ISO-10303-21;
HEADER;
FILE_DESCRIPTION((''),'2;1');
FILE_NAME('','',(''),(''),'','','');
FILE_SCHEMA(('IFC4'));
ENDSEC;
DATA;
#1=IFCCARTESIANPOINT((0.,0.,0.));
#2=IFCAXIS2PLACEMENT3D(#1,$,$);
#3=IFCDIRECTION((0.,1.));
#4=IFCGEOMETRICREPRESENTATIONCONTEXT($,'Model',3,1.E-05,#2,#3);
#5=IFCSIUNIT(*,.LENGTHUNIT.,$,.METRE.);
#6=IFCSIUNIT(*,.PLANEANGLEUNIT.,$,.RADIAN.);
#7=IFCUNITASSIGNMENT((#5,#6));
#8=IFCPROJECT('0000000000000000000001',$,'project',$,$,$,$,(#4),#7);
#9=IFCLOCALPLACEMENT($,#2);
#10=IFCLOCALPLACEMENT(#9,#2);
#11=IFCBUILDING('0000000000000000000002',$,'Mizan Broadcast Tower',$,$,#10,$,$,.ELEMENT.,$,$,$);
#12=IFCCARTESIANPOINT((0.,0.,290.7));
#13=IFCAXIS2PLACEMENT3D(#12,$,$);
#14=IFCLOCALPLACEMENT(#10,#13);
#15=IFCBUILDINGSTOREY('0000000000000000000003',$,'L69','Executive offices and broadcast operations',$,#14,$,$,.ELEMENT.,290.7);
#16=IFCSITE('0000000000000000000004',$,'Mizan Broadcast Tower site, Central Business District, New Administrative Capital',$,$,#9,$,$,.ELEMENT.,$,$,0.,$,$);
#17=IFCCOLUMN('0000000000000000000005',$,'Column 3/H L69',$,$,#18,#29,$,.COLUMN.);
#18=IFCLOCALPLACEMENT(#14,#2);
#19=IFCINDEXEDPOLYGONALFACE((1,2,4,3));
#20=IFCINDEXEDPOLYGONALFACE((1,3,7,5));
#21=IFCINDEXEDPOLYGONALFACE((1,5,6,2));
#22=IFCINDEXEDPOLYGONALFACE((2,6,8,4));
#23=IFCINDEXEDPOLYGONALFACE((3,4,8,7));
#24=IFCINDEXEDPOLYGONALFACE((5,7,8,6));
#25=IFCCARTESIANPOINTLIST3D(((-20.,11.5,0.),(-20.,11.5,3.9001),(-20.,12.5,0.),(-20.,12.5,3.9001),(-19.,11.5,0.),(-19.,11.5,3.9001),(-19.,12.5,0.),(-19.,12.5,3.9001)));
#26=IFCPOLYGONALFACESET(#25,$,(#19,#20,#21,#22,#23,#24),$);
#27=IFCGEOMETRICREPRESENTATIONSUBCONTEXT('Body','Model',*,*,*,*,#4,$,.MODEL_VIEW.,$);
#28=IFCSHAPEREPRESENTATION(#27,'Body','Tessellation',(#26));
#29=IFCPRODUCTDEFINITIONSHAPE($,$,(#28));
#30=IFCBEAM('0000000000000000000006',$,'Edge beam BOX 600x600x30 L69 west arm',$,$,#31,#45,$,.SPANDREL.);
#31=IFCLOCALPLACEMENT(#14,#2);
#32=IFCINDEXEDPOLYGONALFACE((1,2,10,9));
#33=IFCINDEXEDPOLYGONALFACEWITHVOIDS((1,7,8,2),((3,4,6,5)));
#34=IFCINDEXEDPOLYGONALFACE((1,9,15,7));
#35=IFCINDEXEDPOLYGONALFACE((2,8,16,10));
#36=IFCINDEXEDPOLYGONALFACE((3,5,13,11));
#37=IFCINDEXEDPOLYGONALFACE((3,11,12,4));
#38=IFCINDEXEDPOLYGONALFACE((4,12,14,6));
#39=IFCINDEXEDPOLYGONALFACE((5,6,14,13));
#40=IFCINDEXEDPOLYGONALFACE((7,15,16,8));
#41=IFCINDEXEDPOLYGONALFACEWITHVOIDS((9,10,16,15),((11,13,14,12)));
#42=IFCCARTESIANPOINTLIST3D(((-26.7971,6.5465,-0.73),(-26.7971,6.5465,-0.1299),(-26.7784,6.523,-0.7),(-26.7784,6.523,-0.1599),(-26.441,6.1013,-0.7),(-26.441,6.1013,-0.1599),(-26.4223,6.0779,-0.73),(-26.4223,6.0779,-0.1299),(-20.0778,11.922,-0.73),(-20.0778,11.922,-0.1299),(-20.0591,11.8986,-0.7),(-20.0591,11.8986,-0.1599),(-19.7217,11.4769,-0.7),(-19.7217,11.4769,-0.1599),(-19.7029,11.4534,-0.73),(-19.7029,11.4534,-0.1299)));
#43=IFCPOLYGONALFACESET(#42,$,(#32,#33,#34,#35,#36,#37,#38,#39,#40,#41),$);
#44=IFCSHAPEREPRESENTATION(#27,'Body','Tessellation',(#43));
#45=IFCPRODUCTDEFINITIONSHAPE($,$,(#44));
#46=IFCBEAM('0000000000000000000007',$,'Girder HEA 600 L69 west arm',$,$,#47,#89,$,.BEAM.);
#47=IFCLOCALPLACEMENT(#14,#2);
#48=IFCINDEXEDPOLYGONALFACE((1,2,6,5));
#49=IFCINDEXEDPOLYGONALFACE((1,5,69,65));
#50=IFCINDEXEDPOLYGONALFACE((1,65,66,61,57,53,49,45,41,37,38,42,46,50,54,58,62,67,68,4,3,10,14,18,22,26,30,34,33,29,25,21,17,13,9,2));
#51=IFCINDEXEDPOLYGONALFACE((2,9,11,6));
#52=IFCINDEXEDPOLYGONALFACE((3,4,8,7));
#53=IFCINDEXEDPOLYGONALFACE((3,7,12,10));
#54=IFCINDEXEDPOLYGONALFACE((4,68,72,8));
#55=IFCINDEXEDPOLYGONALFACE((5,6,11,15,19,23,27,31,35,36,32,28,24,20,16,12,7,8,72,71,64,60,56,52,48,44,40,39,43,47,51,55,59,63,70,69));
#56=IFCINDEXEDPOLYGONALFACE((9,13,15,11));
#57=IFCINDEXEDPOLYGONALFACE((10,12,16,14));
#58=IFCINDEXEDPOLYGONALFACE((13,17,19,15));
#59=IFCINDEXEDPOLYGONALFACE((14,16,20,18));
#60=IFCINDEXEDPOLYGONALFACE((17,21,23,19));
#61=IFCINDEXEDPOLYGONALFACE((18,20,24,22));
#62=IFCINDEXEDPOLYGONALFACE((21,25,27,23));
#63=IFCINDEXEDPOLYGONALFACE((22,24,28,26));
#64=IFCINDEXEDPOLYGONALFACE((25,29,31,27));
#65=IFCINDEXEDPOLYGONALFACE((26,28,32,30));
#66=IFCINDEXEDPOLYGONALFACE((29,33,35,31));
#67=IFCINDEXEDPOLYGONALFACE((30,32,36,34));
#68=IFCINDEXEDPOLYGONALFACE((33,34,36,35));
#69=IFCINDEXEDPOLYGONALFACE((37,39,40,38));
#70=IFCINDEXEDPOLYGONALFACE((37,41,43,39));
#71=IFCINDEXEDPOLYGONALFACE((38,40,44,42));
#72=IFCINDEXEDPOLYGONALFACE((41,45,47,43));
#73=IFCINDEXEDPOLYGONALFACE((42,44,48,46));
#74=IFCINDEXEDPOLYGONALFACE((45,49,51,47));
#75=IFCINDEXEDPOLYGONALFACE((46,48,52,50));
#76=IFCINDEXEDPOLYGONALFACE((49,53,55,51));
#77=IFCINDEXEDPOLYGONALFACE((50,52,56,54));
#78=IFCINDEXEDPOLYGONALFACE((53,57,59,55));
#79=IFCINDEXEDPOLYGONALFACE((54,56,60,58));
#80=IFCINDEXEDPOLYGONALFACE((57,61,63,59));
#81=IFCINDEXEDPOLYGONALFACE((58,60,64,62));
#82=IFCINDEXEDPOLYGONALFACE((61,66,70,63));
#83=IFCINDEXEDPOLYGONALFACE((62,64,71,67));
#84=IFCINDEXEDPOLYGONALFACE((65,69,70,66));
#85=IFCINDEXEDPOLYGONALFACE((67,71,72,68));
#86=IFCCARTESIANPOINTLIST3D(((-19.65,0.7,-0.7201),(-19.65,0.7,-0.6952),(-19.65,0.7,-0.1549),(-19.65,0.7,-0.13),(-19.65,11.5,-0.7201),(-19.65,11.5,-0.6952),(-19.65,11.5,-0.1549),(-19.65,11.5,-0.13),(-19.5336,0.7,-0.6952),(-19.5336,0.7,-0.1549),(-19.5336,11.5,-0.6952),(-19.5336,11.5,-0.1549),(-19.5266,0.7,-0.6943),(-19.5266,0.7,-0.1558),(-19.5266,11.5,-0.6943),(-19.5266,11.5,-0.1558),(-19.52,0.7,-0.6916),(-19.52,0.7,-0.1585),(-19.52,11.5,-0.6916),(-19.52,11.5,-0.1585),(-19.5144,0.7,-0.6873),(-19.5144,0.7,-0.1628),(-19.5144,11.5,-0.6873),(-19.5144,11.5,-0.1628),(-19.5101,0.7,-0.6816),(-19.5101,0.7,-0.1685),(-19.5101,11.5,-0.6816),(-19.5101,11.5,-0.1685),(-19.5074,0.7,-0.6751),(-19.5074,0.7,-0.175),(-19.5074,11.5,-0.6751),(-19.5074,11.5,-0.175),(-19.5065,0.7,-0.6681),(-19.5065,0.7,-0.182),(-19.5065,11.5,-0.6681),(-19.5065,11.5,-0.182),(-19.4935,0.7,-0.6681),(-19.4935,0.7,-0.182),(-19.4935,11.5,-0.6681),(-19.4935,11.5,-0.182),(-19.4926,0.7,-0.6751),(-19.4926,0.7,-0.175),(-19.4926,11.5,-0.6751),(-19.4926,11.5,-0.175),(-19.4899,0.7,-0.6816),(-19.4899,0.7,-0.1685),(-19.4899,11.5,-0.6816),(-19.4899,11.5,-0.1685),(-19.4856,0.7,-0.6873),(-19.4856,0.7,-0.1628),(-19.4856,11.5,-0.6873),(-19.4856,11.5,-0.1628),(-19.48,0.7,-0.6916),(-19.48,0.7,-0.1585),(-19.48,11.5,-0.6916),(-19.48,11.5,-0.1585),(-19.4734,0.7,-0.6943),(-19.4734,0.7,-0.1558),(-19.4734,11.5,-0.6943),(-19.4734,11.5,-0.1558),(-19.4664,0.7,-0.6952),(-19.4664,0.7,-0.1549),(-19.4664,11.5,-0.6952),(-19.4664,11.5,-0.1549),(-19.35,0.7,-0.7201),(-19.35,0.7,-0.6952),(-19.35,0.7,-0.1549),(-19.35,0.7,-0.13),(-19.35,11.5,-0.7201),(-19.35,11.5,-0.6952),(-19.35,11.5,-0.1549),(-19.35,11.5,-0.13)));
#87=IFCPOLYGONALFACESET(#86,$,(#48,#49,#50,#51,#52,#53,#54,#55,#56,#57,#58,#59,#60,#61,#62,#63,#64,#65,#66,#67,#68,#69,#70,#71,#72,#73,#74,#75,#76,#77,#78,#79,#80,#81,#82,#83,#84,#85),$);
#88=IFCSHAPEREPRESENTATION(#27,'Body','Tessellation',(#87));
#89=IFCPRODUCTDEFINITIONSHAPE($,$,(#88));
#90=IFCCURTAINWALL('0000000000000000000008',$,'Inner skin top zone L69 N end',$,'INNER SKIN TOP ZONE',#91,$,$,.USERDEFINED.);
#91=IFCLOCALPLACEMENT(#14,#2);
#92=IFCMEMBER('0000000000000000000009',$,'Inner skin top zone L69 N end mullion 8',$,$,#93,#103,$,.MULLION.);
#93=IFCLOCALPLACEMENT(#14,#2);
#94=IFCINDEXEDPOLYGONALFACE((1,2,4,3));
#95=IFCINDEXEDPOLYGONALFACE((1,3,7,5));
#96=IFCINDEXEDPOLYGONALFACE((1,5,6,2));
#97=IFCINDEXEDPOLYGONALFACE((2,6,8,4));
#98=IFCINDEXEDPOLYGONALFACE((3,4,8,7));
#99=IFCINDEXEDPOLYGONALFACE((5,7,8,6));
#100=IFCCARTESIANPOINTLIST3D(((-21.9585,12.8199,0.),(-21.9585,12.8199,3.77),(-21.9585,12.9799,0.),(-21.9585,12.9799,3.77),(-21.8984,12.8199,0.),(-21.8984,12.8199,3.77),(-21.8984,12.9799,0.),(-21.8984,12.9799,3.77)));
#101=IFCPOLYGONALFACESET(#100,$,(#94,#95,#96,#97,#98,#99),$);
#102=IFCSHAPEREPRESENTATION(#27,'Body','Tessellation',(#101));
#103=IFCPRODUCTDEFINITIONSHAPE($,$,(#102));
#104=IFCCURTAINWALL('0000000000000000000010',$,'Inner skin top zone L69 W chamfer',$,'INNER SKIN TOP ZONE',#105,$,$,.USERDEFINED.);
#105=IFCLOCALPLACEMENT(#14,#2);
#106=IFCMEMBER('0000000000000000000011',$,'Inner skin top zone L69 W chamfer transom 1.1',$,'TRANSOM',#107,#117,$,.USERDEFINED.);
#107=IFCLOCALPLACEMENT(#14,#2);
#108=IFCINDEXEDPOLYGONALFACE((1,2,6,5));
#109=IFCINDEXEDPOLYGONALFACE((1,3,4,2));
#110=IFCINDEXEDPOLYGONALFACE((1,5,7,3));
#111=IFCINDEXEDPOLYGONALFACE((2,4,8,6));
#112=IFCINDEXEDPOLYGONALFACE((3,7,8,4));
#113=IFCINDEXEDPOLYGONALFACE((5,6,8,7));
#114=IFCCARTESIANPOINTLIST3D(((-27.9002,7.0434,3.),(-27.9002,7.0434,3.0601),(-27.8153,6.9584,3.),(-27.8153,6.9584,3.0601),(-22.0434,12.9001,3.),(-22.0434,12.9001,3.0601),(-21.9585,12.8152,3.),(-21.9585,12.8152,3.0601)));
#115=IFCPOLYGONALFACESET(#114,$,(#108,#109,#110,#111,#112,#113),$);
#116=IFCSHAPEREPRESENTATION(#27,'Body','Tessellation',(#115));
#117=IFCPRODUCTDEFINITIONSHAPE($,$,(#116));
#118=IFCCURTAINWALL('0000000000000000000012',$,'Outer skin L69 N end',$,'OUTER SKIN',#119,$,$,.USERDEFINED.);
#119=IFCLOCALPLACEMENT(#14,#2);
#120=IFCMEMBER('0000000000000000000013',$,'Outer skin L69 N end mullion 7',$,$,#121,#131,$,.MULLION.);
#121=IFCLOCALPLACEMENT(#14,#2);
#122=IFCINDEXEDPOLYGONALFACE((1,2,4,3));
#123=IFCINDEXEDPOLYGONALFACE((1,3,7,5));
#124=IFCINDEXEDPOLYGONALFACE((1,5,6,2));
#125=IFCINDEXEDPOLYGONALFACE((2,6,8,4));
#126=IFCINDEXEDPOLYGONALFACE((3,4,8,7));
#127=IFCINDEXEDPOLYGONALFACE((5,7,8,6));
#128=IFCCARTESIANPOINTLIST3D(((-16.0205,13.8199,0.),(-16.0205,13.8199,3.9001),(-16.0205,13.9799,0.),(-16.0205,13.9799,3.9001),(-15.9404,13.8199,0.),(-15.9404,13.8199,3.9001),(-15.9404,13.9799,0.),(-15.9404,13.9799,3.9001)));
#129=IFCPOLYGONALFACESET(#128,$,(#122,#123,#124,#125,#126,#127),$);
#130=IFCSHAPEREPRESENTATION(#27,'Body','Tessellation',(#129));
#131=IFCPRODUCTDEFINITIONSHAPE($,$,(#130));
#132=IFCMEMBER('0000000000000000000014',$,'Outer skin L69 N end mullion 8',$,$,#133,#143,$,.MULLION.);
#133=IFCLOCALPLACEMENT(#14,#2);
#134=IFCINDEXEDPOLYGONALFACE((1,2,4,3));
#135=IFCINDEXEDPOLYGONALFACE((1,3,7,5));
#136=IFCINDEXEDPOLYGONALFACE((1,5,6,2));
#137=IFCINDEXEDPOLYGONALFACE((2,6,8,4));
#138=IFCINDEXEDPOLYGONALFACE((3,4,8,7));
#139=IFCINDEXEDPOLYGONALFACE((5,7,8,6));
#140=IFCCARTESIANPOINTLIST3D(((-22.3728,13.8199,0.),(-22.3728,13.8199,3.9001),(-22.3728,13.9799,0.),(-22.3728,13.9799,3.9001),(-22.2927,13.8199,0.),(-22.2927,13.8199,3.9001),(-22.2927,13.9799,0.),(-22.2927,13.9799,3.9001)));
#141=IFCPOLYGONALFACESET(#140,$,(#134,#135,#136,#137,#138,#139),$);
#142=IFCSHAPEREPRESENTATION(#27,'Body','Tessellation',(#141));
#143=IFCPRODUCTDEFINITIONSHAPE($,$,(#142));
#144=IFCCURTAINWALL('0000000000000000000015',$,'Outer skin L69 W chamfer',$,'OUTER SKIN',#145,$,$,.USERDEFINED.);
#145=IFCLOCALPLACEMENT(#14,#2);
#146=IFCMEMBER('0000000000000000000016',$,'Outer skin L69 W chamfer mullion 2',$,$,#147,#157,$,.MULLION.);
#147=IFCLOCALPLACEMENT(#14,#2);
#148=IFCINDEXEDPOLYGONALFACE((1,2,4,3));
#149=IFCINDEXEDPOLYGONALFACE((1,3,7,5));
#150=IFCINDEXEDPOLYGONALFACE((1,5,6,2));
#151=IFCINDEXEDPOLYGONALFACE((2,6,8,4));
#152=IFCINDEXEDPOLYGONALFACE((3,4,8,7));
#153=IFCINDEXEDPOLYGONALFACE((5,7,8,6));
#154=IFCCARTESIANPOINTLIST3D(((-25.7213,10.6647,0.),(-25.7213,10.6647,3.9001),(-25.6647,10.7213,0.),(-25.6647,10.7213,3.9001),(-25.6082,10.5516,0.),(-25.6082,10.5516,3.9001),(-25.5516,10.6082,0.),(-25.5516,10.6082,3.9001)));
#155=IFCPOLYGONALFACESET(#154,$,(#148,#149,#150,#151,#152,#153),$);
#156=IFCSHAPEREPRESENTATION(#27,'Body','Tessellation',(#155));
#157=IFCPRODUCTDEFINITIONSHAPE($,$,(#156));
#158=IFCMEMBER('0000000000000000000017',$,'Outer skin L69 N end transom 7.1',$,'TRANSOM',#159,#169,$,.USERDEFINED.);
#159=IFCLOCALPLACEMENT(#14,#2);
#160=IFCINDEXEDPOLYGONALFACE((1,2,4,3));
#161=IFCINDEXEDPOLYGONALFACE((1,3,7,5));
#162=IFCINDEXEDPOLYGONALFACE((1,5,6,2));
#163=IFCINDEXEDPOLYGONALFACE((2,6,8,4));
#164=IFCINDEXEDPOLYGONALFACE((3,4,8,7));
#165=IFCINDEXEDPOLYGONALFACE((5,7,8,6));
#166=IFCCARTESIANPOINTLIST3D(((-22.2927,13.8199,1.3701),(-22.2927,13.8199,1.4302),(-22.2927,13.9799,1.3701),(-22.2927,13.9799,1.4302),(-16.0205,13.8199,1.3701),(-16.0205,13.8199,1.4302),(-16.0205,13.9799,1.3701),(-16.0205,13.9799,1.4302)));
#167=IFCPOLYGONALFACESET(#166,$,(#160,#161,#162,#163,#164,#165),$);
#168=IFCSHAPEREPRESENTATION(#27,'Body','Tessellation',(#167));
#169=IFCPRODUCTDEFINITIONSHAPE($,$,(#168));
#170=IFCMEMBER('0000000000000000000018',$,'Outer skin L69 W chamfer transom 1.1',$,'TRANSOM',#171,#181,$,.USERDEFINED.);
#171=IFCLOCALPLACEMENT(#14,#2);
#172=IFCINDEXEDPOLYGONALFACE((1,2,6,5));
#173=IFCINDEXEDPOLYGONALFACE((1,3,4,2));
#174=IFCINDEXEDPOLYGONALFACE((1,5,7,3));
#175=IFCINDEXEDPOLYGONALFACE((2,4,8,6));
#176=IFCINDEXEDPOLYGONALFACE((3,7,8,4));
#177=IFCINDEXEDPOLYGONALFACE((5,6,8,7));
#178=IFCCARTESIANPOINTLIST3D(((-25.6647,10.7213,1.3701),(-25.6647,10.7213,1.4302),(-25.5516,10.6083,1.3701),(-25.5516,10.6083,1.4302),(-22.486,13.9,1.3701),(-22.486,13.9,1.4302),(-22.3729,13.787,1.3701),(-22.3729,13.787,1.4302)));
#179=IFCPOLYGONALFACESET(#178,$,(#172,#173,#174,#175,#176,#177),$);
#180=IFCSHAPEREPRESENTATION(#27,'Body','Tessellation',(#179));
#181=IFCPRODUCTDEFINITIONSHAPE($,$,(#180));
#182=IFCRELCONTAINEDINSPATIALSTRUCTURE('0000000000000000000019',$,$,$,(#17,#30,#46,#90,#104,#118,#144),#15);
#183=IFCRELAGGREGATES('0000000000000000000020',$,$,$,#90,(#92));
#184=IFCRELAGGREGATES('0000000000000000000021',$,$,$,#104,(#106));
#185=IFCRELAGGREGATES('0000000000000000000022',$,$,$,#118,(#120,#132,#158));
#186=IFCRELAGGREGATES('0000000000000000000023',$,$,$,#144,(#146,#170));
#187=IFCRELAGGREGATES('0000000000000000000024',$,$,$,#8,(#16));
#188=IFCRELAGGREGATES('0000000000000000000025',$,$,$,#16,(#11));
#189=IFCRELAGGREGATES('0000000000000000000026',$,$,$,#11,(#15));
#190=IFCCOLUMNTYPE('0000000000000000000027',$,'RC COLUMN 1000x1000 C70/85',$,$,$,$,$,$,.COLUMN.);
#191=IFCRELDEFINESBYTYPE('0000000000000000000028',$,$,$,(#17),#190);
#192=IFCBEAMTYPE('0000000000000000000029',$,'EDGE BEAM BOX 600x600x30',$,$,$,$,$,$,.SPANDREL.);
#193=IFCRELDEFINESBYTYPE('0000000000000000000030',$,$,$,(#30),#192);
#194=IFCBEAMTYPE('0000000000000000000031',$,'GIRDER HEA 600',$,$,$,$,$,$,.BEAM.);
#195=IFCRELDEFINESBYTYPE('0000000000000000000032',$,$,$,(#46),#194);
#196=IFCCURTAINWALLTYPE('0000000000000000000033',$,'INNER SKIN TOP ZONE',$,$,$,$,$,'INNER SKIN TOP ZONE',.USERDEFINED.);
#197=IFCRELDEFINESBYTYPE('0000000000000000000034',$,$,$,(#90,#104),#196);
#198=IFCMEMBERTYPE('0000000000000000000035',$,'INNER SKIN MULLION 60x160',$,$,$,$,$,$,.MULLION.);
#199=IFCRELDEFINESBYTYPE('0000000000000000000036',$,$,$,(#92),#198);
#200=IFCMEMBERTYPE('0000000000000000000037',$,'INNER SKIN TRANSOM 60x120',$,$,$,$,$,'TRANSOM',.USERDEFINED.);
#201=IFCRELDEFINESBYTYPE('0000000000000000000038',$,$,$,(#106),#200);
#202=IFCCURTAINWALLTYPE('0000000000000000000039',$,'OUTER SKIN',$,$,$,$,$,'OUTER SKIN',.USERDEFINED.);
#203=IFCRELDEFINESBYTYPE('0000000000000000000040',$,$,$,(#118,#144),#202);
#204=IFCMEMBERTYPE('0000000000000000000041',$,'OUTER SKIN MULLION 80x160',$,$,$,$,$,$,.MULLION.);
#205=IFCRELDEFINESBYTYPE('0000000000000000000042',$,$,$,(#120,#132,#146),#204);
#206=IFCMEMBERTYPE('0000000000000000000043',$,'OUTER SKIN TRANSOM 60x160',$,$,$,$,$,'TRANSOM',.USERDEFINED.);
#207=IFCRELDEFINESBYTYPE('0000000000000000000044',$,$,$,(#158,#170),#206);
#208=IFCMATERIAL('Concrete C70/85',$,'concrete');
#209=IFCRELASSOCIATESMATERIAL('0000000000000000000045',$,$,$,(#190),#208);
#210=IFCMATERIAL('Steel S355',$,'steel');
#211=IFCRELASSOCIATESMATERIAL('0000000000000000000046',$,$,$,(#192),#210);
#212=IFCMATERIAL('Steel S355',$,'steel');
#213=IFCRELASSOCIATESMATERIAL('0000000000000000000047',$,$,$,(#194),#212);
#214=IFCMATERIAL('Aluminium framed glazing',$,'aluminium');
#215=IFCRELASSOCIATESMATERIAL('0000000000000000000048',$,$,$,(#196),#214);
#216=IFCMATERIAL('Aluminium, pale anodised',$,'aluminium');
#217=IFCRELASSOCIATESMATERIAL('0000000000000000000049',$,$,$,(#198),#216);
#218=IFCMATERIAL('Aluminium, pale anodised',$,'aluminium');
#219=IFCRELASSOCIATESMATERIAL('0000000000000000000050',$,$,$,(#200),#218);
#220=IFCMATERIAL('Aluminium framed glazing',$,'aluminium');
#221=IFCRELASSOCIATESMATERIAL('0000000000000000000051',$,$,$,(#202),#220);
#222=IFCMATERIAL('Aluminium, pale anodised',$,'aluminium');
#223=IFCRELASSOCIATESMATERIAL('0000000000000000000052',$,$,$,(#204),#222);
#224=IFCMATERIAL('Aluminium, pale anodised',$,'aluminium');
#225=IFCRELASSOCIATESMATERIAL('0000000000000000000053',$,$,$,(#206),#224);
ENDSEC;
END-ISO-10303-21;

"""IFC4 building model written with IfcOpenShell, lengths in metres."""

from ifc_helpers import new_model, si_unit, direction, frame, origin, origin_2d, place, context, subcontext, project, spatial, rectangle, hollow_rectangle, i_section, extrude, material, material_profile, profile_set, type_object, element, aggregate, save


model = new_model("IFC4")

# Units and contexts
model_context = context("Model", 3, precision=1e-05, world=origin(), true_north=direction((0.0, 1.0)))
body_context = subcontext(model_context, "Body", "Model", "MODEL_VIEW")
ifc_project = project(units=[si_unit("LENGTHUNIT", "METRE"), si_unit("PLANEANGLEUNIT", "RADIAN")], contexts=[model_context])

# Site, building, storey
site_placement = place(None, origin())
site = spatial("IfcSite", under=ifc_project, at=site_placement, Name="Mizan Broadcast Tower site, Central Business District, New Administrative Capital", CompositionType="ELEMENT", RefElevation=0.0)
building_placement = place(site_placement, origin())
building = spatial("IfcBuilding", under=site, at=building_placement, Name="Mizan Broadcast Tower", CompositionType="ELEMENT")
storey_placement = place(building_placement, frame((0.0, 0.0, 290.7)))
storey = spatial("IfcBuildingStorey", under=building, at=storey_placement, Name="L69", Description="Executive offices and broadcast operations", CompositionType="ELEMENT", Elevation=290.7)

# Column
ifc_material_1 = material(Name="Concrete C70/85", Category="concrete")
ifc_material_profile_1 = material_profile(ifc_material_1, rectangle(XDim=1.0, YDim=1.0, at=origin_2d()), Name="RC 1000x1000")
ifc_profile_set_1 = profile_set([ifc_material_profile_1], Name="Concrete C70/85")
column_type = type_object("IfcColumnType", Name="RC COLUMN 1000x1000 C70/85", PredefinedType="COLUMN", material=ifc_profile_set_1)
column_placement = place(storey_placement, frame((-19.5, 12.0, 0.0), z_axis=(0.0, 0.0, 1.0), x_axis=(1.0, 0.0, 0.0)))
element("IfcColumn", 1, at=column_placement, inside=storey, type_object=column_type, Name="Column 3/H L69", PredefinedType="COLUMN", context=body_context, shape_type="SweptSolid", body=[
    extrude(rectangle(XDim=1.0, YDim=1.0, at=origin_2d()), origin(), (0.0, 0.0, 1.0), 3.9001),
])

# Beams
ifc_material_2 = material(Name="Steel S355", Category="steel")
ifc_material_profile_2 = material_profile(ifc_material_2, hollow_rectangle(XDim=0.6001, YDim=0.6001, WallThickness=0.03, at=origin_2d()), Name="BOX 600x600x30")
ifc_profile_set_2 = profile_set([ifc_material_profile_2], Name="Steel S355")
beam_type_1 = type_object("IfcBeamType", Name="EDGE BEAM BOX 600x600x30", PredefinedType="SPANDREL", material=ifc_profile_set_2)
beam_1_placement = place(storey_placement, frame((-19.8904, 11.6877, -0.4299), z_axis=(-0.780863, -0.624702, 0.0), x_axis=(0.624702, -0.780863, 0.0)))
element("IfcBeam", 2, at=beam_1_placement, inside=storey, type_object=beam_type_1, Name="Edge beam BOX 600x600x30 L69 west arm", PredefinedType="SPANDREL", context=body_context, shape_type="SweptSolid", body=[
    extrude(hollow_rectangle(XDim=0.6001, YDim=0.6001, WallThickness=0.03, at=origin_2d()), origin(), (0.0, 0.0, 1.0), 8.605),
])
ifc_material_3 = material(Name="Steel S355", Category="steel")
ifc_material_profile_3 = material_profile(ifc_material_3, i_section(OverallWidth=0.3, OverallDepth=0.5901, WebThickness=0.0129, FlangeThickness=0.0249, FilletRadius=0.0271, at=origin_2d()), Name="HEA 600")
ifc_profile_set_3 = profile_set([ifc_material_profile_3], Name="Steel S355")
beam_type_2 = type_object("IfcBeamType", Name="GIRDER HEA 600", PredefinedType="BEAM", material=ifc_profile_set_3)
beam_2_placement = place(storey_placement, frame((-19.5, 11.5, -0.425), z_axis=(0.0, -1.0, 0.0), x_axis=(1.0, 0.0, 0.0)))
element("IfcBeam", 3, at=beam_2_placement, inside=storey, type_object=beam_type_2, Name="Girder HEA 600 L69 west arm", PredefinedType="BEAM", context=body_context, shape_type="SweptSolid", body=[
    extrude(i_section(OverallWidth=0.3, OverallDepth=0.5901, WebThickness=0.0129, FlangeThickness=0.0249, FilletRadius=0.0271, at=origin_2d()), origin(), (0.0, 0.0, 1.0), 10.8),
])

# Curtain walls, members
ifc_material_4 = material(Name="Aluminium framed glazing", Category="aluminium")
curtain_wall_type_1 = type_object("IfcCurtainWallType", Name="INNER SKIN TOP ZONE", ElementType="INNER SKIN TOP ZONE", PredefinedType="USERDEFINED", material=ifc_material_4)
curtain_wall_1_placement = place(storey_placement, origin())
curtain_wall_1 = element("IfcCurtainWall", 4, at=curtain_wall_1_placement, inside=storey, type_object=curtain_wall_type_1, Name="Inner skin top zone L69 N end", ObjectType="INNER SKIN TOP ZONE", PredefinedType="USERDEFINED")
ifc_material_5 = material(Name="Aluminium, pale anodised", Category="aluminium")
ifc_material_profile_4 = material_profile(ifc_material_5, rectangle(XDim=0.1599, YDim=0.0601, at=origin_2d()), Name="MULLION 160x60")
ifc_profile_set_4 = profile_set([ifc_material_profile_4], Name="Aluminium, pale anodised")
member_type_1 = type_object("IfcMemberType", Name="INNER SKIN MULLION 60x160", PredefinedType="MULLION", material=ifc_profile_set_4)
member_1_placement = place(storey_placement, frame((-21.9285, 12.8999, 0.0), z_axis=(0.0, 0.0, 1.0), x_axis=(0.0, -1.0, 0.0)))
member_1 = element("IfcMember", 5, at=member_1_placement, type_object=member_type_1, Name="Inner skin top zone L69 N end mullion 8", PredefinedType="MULLION", context=body_context, shape_type="SweptSolid", body=[
    extrude(rectangle(XDim=0.1599, YDim=0.0601, at=origin_2d()), origin(), (0.0, 0.0, 1.0), 3.77),
])
curtain_wall_2_placement = place(storey_placement, origin())
curtain_wall_2 = element("IfcCurtainWall", 6, at=curtain_wall_2_placement, inside=storey, type_object=curtain_wall_type_1, Name="Inner skin top zone L69 W chamfer", ObjectType="INNER SKIN TOP ZONE", PredefinedType="USERDEFINED")
ifc_material_6 = material(Name="Aluminium, pale anodised", Category="aluminium")
ifc_material_profile_5 = material_profile(ifc_material_6, rectangle(XDim=0.1201, YDim=0.0601, at=origin_2d()), Name="TRANSOM 120x60")
ifc_profile_set_5 = profile_set([ifc_material_profile_5], Name="Aluminium, pale anodised")
member_type_2 = type_object("IfcMemberType", Name="INNER SKIN TRANSOM 60x120", ElementType="TRANSOM", PredefinedType="USERDEFINED", material=ifc_profile_set_5)
member_2_placement = place(storey_placement, frame((-22.001, 12.8577, 3.03), z_axis=(-0.707107, -0.707107, 0.0), x_axis=(0.707107, -0.707107, 0.0)))
member_2 = element("IfcMember", 7, at=member_2_placement, type_object=member_type_2, Name="Inner skin top zone L69 W chamfer transom 1.1", ObjectType="TRANSOM", PredefinedType="USERDEFINED", context=body_context, shape_type="SweptSolid", body=[
    extrude(rectangle(XDim=0.1201, YDim=0.0601, at=origin_2d()), origin(), (0.0, 0.0, 1.0), 8.2827),
])

# Curtain wall, members
ifc_material_7 = material(Name="Aluminium framed glazing", Category="aluminium")
curtain_wall_type_2 = type_object("IfcCurtainWallType", Name="OUTER SKIN", ElementType="OUTER SKIN", PredefinedType="USERDEFINED", material=ifc_material_7)
curtain_wall_3_placement = place(storey_placement, origin())
curtain_wall_3 = element("IfcCurtainWall", 8, at=curtain_wall_3_placement, inside=storey, type_object=curtain_wall_type_2, Name="Outer skin L69 N end", ObjectType="OUTER SKIN", PredefinedType="USERDEFINED")
ifc_material_8 = material(Name="Aluminium, pale anodised", Category="aluminium")
ifc_material_profile_6 = material_profile(ifc_material_8, rectangle(XDim=0.1599, YDim=0.0801, at=origin_2d()), Name="MULLION 160x80")
ifc_profile_set_6 = profile_set([ifc_material_profile_6], Name="Aluminium, pale anodised")
member_type_3 = type_object("IfcMemberType", Name="OUTER SKIN MULLION 80x160", PredefinedType="MULLION", material=ifc_profile_set_6)
member_3_placement = place(storey_placement, frame((-15.9805, 13.8999, 0.0), z_axis=(0.0, 0.0, 1.0), x_axis=(0.0, -1.0, 0.0)))
member_3 = element("IfcMember", 9, at=member_3_placement, type_object=member_type_3, Name="Outer skin L69 N end mullion 7", PredefinedType="MULLION", context=body_context, shape_type="SweptSolid", body=[
    extrude(rectangle(XDim=0.1599, YDim=0.0801, at=origin_2d()), origin(), (0.0, 0.0, 1.0), 3.9001),
])
member_4_placement = place(storey_placement, frame((-22.3328, 13.8999, 0.0), z_axis=(0.0, 0.0, 1.0), x_axis=(0.0, -1.0, 0.0)))
member_4 = element("IfcMember", 10, at=member_4_placement, type_object=member_type_3, Name="Outer skin L69 N end mullion 8", PredefinedType="MULLION", context=body_context, shape_type="SweptSolid", body=[
    extrude(rectangle(XDim=0.1599, YDim=0.0801, at=origin_2d()), origin(), (0.0, 0.0, 1.0), 3.9001),
])

# Curtain wall, member
curtain_wall_4_placement = place(storey_placement, origin())
curtain_wall_4 = element("IfcCurtainWall", 11, at=curtain_wall_4_placement, inside=storey, type_object=curtain_wall_type_2, Name="Outer skin L69 W chamfer", ObjectType="OUTER SKIN", PredefinedType="USERDEFINED")
member_5_placement = place(storey_placement, frame((-25.6365, 10.6365, 0.0), z_axis=(0.0, 0.0, 1.0), x_axis=(0.707107, -0.707107, 0.0)))
member_5 = element("IfcMember", 12, at=member_5_placement, type_object=member_type_3, Name="Outer skin L69 W chamfer mullion 2", PredefinedType="MULLION", context=body_context, shape_type="SweptSolid", body=[
    extrude(rectangle(XDim=0.1599, YDim=0.0801, at=origin_2d()), origin(), (0.0, 0.0, 1.0), 3.9001),
])

# Members
ifc_material_9 = material(Name="Aluminium, pale anodised", Category="aluminium")
ifc_material_profile_7 = material_profile(ifc_material_9, rectangle(XDim=0.1599, YDim=0.0601, at=origin_2d()), Name="TRANSOM 160x60")
ifc_profile_set_7 = profile_set([ifc_material_profile_7], Name="Aluminium, pale anodised")
member_type_4 = type_object("IfcMemberType", Name="OUTER SKIN TRANSOM 60x160", ElementType="TRANSOM", PredefinedType="USERDEFINED", material=ifc_profile_set_7)
member_6_placement = place(storey_placement, frame((-16.0205, 13.8999, 1.4001), z_axis=(-1.0, 0.0, 0.0), x_axis=(0.0, -1.0, 0.0)))
member_6 = element("IfcMember", 13, at=member_6_placement, type_object=member_type_4, Name="Outer skin L69 N end transom 7.1", ObjectType="TRANSOM", PredefinedType="USERDEFINED", context=body_context, shape_type="SweptSolid", body=[
    extrude(rectangle(XDim=0.1599, YDim=0.0601, at=origin_2d()), origin(), (0.0, 0.0, 1.0), 6.2722),
])
member_7_placement = place(storey_placement, frame((-22.4294, 13.8435, 1.4001), z_axis=(-0.707107, -0.707107, 0.0), x_axis=(0.707107, -0.707107, 0.0)))
member_7 = element("IfcMember", 14, at=member_7_placement, type_object=member_type_4, Name="Outer skin L69 W chamfer transom 1.1", ObjectType="TRANSOM", PredefinedType="USERDEFINED", context=body_context, shape_type="SweptSolid", body=[
    extrude(rectangle(XDim=0.1599, YDim=0.0601, at=origin_2d()), origin(), (0.0, 0.0, 1.0), 4.4954),
])

aggregate(curtain_wall_1, [member_1])
aggregate(curtain_wall_2, [member_2])
aggregate(curtain_wall_3, [member_3, member_4, member_6])
aggregate(curtain_wall_4, [member_5, member_7])

save(model, "model.ifc")
